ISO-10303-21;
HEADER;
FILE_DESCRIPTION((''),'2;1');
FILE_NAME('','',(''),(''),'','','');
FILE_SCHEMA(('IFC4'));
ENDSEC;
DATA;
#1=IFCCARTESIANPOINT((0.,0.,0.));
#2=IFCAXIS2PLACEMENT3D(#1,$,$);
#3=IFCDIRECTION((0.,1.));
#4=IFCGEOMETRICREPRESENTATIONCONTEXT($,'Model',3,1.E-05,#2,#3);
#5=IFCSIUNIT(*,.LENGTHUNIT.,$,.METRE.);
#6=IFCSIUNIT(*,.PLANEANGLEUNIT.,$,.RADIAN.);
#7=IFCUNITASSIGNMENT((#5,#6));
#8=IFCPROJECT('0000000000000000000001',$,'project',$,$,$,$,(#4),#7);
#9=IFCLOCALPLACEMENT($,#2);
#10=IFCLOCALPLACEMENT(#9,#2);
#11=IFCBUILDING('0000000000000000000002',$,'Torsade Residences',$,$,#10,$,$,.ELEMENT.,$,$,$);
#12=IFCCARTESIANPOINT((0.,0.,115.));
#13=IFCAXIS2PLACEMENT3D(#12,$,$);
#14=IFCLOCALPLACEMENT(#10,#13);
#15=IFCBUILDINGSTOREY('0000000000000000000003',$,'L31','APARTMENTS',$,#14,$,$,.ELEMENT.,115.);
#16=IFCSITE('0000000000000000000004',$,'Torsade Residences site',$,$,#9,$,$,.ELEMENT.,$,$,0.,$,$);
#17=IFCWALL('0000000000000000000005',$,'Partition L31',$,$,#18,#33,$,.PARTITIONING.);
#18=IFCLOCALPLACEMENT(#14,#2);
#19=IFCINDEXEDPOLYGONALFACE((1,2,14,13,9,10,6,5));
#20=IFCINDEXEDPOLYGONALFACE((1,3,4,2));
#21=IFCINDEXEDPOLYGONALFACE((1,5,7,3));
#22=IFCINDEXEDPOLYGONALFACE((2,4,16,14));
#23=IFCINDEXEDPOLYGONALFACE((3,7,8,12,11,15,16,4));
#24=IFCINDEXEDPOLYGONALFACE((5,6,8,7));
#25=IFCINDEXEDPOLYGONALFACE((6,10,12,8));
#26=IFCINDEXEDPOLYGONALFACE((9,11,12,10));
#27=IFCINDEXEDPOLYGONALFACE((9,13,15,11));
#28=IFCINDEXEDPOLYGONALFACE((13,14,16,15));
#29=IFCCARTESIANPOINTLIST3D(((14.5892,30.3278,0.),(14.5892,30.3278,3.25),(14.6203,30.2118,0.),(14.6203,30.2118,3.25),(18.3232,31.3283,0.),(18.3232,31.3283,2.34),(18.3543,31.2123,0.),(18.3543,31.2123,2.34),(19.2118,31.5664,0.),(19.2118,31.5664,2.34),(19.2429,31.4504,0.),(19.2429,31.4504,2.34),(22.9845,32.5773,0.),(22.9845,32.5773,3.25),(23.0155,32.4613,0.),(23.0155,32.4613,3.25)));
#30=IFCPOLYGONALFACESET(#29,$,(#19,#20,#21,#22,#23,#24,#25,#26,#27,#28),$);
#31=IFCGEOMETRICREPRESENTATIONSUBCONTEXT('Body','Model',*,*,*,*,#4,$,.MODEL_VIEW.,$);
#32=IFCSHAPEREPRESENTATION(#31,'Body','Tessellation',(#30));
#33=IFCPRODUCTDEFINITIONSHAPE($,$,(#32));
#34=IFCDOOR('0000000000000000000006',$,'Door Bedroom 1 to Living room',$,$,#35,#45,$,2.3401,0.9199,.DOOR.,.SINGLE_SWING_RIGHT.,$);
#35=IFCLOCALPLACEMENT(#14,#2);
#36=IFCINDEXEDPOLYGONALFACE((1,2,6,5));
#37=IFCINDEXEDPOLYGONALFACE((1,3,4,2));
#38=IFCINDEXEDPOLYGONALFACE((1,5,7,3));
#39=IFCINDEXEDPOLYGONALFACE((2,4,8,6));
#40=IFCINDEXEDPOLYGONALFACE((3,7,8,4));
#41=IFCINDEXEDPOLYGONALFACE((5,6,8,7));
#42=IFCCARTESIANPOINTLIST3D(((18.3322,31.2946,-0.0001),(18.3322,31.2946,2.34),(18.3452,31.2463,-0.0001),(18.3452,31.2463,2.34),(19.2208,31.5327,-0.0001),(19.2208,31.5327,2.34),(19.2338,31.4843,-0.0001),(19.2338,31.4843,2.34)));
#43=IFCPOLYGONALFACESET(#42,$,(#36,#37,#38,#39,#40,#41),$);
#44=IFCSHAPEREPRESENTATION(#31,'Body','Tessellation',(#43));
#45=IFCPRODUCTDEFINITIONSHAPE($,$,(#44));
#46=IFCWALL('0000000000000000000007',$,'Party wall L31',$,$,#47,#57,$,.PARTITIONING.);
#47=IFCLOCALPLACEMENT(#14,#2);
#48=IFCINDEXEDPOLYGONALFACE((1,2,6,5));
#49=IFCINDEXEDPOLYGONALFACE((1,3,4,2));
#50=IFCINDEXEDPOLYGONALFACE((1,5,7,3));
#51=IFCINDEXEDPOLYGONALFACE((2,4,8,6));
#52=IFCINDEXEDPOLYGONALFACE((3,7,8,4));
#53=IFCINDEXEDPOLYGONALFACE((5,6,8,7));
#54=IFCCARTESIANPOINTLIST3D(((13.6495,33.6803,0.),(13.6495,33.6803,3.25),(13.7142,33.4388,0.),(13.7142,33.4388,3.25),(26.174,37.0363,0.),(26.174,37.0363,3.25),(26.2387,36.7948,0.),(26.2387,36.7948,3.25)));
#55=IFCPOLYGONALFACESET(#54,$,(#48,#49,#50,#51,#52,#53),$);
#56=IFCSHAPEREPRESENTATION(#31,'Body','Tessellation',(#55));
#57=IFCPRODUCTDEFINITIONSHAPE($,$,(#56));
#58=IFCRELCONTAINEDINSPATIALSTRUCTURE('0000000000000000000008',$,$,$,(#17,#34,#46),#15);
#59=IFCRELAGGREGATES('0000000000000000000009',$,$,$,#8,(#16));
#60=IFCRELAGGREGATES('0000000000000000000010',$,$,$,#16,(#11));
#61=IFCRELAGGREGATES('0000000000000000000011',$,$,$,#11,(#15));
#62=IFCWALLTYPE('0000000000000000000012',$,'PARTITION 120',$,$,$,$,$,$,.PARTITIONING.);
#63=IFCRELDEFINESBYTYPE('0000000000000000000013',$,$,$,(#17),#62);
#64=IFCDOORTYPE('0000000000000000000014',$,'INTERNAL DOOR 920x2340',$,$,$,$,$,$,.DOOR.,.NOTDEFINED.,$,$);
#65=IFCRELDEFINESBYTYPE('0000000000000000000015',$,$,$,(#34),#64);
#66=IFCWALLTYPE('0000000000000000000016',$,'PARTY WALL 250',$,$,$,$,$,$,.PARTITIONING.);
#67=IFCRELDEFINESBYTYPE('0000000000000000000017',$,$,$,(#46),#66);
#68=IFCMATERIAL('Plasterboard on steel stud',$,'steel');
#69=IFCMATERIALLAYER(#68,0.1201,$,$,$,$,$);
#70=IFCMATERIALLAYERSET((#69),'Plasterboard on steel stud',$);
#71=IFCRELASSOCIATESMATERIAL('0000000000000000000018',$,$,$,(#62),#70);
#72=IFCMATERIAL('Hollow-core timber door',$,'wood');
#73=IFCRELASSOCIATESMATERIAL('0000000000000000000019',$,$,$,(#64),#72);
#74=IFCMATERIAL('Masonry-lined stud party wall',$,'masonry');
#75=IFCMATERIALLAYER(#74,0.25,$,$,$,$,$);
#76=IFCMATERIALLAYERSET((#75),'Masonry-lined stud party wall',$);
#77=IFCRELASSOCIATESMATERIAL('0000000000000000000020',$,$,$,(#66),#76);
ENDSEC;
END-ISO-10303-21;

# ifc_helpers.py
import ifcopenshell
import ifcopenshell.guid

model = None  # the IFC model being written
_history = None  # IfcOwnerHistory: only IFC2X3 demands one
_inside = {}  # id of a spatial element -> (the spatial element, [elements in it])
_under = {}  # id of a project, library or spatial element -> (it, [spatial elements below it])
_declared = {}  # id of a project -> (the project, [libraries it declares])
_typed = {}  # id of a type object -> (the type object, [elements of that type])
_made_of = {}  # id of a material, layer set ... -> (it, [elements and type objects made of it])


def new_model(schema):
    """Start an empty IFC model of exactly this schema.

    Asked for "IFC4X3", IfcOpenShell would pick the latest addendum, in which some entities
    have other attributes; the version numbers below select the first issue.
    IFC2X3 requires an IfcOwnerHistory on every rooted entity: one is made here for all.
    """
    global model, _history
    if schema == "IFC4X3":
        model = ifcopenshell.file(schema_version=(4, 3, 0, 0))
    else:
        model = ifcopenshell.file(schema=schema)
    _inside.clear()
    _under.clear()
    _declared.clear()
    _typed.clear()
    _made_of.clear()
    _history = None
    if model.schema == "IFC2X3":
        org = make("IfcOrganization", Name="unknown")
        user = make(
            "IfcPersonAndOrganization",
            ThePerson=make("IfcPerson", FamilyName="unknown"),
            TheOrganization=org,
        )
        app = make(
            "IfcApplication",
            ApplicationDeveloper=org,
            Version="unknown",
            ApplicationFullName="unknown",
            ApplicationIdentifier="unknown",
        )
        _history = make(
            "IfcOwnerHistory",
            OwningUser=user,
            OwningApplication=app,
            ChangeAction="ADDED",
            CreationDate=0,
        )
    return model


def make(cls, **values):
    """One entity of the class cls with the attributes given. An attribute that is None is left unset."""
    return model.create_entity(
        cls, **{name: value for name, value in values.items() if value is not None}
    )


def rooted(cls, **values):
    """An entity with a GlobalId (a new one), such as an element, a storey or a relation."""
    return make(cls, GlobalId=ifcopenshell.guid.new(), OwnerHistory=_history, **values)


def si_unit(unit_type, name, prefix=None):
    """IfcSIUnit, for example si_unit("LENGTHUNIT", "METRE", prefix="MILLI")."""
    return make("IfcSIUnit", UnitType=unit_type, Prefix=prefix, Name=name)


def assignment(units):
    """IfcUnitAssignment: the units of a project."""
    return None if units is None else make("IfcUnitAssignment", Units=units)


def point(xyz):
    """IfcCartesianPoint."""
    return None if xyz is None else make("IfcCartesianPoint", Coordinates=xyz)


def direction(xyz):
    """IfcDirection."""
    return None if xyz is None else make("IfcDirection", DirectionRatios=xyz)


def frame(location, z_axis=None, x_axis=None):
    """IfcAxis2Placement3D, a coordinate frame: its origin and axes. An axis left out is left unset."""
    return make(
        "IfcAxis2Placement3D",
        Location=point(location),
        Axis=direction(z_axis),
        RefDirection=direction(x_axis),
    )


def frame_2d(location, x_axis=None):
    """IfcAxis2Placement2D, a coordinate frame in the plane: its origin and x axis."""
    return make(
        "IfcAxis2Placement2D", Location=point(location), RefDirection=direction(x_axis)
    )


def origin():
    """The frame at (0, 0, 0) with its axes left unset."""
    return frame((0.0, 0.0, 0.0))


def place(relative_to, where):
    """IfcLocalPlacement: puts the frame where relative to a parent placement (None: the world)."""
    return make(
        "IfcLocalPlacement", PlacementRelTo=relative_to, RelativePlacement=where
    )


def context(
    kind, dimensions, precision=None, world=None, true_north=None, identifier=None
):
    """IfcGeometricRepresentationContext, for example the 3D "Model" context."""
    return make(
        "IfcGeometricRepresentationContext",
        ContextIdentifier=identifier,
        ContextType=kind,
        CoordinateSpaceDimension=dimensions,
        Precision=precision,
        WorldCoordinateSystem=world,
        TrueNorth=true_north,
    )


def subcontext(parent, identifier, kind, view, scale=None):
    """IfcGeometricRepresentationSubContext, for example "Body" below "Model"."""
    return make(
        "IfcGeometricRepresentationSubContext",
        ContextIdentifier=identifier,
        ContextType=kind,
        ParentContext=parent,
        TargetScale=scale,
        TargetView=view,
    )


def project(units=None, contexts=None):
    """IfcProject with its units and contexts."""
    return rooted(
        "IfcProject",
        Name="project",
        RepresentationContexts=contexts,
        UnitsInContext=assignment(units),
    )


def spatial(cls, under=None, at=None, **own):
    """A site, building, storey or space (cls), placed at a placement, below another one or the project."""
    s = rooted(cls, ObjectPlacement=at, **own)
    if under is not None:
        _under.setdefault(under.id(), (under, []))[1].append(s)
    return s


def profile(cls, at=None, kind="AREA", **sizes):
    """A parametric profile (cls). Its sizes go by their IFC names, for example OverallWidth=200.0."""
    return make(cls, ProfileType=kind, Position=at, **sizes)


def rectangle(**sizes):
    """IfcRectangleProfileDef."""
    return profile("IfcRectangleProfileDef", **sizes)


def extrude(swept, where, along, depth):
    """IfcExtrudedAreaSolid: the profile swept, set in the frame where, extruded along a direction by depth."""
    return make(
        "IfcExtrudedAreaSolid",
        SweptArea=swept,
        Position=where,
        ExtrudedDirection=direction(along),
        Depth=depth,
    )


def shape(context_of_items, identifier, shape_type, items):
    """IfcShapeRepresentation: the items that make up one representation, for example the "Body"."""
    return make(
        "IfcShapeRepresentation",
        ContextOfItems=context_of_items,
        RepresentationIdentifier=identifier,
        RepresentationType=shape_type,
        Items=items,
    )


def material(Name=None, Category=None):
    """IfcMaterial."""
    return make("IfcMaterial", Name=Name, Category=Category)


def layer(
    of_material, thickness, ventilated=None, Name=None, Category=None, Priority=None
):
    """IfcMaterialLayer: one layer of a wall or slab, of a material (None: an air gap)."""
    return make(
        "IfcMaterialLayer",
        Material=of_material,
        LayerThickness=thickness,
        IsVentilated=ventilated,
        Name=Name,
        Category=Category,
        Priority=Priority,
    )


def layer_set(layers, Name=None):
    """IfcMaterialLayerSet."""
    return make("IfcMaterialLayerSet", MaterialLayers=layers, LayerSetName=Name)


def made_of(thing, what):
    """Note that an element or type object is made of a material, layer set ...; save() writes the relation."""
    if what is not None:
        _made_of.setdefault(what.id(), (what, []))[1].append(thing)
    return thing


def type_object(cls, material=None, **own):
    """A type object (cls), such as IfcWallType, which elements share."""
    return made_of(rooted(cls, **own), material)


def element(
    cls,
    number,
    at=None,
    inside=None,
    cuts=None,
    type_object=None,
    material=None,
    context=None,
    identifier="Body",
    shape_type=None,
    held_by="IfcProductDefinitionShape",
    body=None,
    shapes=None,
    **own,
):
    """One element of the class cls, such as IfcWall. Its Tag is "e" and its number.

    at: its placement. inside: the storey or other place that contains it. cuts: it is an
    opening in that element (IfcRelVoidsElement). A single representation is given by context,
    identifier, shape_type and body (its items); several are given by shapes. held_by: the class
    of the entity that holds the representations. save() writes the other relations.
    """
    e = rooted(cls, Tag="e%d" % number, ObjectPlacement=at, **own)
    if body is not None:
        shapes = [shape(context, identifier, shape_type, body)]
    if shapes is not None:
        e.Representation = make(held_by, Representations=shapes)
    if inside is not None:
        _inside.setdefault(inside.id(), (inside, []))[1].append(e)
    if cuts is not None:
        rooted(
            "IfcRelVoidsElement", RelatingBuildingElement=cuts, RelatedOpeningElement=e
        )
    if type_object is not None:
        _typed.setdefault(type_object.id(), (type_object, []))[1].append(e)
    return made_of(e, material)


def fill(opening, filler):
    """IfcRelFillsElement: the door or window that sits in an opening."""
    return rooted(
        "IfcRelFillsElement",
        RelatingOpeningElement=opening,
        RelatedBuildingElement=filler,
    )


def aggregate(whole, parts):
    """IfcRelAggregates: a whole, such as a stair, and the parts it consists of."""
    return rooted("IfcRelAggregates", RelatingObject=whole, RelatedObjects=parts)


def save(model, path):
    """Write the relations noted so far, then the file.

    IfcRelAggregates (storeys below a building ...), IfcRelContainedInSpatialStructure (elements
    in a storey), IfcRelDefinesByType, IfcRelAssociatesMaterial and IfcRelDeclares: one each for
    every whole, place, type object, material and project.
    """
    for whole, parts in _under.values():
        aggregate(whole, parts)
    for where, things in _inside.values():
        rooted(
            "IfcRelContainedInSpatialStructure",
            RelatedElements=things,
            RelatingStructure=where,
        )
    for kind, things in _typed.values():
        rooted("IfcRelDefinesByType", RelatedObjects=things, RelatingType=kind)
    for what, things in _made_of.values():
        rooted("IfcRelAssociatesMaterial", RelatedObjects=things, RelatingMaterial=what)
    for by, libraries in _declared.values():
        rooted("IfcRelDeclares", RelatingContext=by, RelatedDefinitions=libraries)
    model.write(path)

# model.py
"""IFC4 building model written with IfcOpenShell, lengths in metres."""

from ifc_helpers import new_model, si_unit, direction, frame, frame_2d, origin, place, context, subcontext, project, spatial, rectangle, extrude, material, layer, layer_set, type_object, element, fill, save


model = new_model("IFC4")

# Units and contexts
model_context = context("Model", 3, precision=1e-05, world=origin(), true_north=direction((0.0, 1.0)))
body_context = subcontext(model_context, "Body", "Model", "MODEL_VIEW")
ifc_project = project(units=[si_unit("LENGTHUNIT", "METRE"), si_unit("PLANEANGLEUNIT", "RADIAN")], contexts=[model_context])

# Site, building, storey
site_placement = place(None, origin())
site = spatial("IfcSite", under=ifc_project, at=site_placement, Name="Torsade Residences site", CompositionType="ELEMENT", RefElevation=0.0)
building_placement = place(site_placement, origin())
building = spatial("IfcBuilding", under=site, at=building_placement, Name="Torsade Residences", CompositionType="ELEMENT")
storey_placement = place(building_placement, frame((0.0, 0.0, 115.0)))
storey = spatial("IfcBuildingStorey", under=building, at=storey_placement, Name="L31", Description="APARTMENTS", CompositionType="ELEMENT", Elevation=115.0)

# Shared definitions
ifc_material_1 = material(Name="Plasterboard on steel stud", Category="steel")
ifc_layer_1 = layer(ifc_material_1, 0.1201)
ifc_layer_set_1 = layer_set([ifc_layer_1], Name="Plasterboard on steel stud")
wall_type_1 = type_object("IfcWallType", Name="PARTITION 120", PredefinedType="PARTITIONING", material=ifc_layer_set_1)

# Shared definitions
ifc_material_2 = material(Name="Hollow-core timber door", Category="wood")
door_type_1 = type_object("IfcDoorType", Name="INTERNAL DOOR 920x2340", OperationType="NOTDEFINED", PredefinedType="DOOR", material=ifc_material_2)

# Wall, opening, door
wall_1_placement = place(storey_placement, frame((23.0, 32.5193, 0.0), z_axis=(0.0, 0.0, 1.0), x_axis=(-0.965926, -0.25882, 0.0)))
wall_1 = element("IfcWall", 1, at=wall_1_placement, inside=storey, type_object=wall_type_1, Name="Partition L31", PredefinedType="PARTITIONING", context=body_context, shape_type="SweptSolid", body=[
    extrude(rectangle(XDim=8.6914, YDim=0.1201, at=frame_2d((4.3457, 0.0))), origin(), (0.0, 0.0, 1.0), 3.25),
])
opening_1_placement = place(wall_1_placement, frame((3.9058, 0.0, 0.0)))
opening_1 = element("IfcOpeningElement", 2, at=opening_1_placement, cuts=wall_1, PredefinedType="OPENING", context=body_context, shape_type="SweptSolid", body=[
    extrude(rectangle(XDim=0.9199, YDim=2.3401, at=frame_2d((0.46, 1.1699))), frame((0.0, 0.0701, 0.0), z_axis=(0.0, -1.0, 0.0), x_axis=(1.0, 0.0, 0.0)), (0.0, 0.0, 1.0), 0.1401),
])
door_1_placement = place(opening_1_placement, origin())
door_1 = element("IfcDoor", 3, at=door_1_placement, inside=storey, type_object=door_type_1, Name="Door Bedroom 1 to Living room", OperationType="SINGLE_SWING_RIGHT", OverallHeight=2.3401, OverallWidth=0.9199, PredefinedType="DOOR", context=body_context, shape_type="SweptSolid", body=[
    extrude(rectangle(XDim=0.9199, YDim=2.3401, at=frame_2d((0.46, 1.1699))), frame((0.0, 0.0249, 0.0), z_axis=(0.0, -1.0, 0.0), x_axis=(1.0, 0.0, 0.0)), (0.0, 0.0, 1.0), 0.05),
])
fill(opening_1, door_1)

# Wall
ifc_material_3 = material(Name="Masonry-lined stud party wall", Category="masonry")
ifc_layer_2 = layer(ifc_material_3, 0.25)
ifc_layer_set_2 = layer_set([ifc_layer_2], Name="Masonry-lined stud party wall")
wall_type_2 = type_object("IfcWallType", Name="PARTY WALL 250", PredefinedType="PARTITIONING", material=ifc_layer_set_2)
wall_2_placement = place(storey_placement, frame((13.6819, 33.5596, 0.0), z_axis=(0.0, 0.0, 1.0), x_axis=(0.965925, 0.258823, 0.0)))
element("IfcWall", 4, at=wall_2_placement, inside=storey, type_object=wall_type_2, Name="Party wall L31", PredefinedType="PARTITIONING", context=body_context, shape_type="SweptSolid", body=[
    extrude(rectangle(XDim=12.9663, YDim=0.25, at=frame_2d((6.4832, 0.0))), origin(), (0.0, 0.0, 1.0), 3.25),
])

save(model, "model.ifc")
